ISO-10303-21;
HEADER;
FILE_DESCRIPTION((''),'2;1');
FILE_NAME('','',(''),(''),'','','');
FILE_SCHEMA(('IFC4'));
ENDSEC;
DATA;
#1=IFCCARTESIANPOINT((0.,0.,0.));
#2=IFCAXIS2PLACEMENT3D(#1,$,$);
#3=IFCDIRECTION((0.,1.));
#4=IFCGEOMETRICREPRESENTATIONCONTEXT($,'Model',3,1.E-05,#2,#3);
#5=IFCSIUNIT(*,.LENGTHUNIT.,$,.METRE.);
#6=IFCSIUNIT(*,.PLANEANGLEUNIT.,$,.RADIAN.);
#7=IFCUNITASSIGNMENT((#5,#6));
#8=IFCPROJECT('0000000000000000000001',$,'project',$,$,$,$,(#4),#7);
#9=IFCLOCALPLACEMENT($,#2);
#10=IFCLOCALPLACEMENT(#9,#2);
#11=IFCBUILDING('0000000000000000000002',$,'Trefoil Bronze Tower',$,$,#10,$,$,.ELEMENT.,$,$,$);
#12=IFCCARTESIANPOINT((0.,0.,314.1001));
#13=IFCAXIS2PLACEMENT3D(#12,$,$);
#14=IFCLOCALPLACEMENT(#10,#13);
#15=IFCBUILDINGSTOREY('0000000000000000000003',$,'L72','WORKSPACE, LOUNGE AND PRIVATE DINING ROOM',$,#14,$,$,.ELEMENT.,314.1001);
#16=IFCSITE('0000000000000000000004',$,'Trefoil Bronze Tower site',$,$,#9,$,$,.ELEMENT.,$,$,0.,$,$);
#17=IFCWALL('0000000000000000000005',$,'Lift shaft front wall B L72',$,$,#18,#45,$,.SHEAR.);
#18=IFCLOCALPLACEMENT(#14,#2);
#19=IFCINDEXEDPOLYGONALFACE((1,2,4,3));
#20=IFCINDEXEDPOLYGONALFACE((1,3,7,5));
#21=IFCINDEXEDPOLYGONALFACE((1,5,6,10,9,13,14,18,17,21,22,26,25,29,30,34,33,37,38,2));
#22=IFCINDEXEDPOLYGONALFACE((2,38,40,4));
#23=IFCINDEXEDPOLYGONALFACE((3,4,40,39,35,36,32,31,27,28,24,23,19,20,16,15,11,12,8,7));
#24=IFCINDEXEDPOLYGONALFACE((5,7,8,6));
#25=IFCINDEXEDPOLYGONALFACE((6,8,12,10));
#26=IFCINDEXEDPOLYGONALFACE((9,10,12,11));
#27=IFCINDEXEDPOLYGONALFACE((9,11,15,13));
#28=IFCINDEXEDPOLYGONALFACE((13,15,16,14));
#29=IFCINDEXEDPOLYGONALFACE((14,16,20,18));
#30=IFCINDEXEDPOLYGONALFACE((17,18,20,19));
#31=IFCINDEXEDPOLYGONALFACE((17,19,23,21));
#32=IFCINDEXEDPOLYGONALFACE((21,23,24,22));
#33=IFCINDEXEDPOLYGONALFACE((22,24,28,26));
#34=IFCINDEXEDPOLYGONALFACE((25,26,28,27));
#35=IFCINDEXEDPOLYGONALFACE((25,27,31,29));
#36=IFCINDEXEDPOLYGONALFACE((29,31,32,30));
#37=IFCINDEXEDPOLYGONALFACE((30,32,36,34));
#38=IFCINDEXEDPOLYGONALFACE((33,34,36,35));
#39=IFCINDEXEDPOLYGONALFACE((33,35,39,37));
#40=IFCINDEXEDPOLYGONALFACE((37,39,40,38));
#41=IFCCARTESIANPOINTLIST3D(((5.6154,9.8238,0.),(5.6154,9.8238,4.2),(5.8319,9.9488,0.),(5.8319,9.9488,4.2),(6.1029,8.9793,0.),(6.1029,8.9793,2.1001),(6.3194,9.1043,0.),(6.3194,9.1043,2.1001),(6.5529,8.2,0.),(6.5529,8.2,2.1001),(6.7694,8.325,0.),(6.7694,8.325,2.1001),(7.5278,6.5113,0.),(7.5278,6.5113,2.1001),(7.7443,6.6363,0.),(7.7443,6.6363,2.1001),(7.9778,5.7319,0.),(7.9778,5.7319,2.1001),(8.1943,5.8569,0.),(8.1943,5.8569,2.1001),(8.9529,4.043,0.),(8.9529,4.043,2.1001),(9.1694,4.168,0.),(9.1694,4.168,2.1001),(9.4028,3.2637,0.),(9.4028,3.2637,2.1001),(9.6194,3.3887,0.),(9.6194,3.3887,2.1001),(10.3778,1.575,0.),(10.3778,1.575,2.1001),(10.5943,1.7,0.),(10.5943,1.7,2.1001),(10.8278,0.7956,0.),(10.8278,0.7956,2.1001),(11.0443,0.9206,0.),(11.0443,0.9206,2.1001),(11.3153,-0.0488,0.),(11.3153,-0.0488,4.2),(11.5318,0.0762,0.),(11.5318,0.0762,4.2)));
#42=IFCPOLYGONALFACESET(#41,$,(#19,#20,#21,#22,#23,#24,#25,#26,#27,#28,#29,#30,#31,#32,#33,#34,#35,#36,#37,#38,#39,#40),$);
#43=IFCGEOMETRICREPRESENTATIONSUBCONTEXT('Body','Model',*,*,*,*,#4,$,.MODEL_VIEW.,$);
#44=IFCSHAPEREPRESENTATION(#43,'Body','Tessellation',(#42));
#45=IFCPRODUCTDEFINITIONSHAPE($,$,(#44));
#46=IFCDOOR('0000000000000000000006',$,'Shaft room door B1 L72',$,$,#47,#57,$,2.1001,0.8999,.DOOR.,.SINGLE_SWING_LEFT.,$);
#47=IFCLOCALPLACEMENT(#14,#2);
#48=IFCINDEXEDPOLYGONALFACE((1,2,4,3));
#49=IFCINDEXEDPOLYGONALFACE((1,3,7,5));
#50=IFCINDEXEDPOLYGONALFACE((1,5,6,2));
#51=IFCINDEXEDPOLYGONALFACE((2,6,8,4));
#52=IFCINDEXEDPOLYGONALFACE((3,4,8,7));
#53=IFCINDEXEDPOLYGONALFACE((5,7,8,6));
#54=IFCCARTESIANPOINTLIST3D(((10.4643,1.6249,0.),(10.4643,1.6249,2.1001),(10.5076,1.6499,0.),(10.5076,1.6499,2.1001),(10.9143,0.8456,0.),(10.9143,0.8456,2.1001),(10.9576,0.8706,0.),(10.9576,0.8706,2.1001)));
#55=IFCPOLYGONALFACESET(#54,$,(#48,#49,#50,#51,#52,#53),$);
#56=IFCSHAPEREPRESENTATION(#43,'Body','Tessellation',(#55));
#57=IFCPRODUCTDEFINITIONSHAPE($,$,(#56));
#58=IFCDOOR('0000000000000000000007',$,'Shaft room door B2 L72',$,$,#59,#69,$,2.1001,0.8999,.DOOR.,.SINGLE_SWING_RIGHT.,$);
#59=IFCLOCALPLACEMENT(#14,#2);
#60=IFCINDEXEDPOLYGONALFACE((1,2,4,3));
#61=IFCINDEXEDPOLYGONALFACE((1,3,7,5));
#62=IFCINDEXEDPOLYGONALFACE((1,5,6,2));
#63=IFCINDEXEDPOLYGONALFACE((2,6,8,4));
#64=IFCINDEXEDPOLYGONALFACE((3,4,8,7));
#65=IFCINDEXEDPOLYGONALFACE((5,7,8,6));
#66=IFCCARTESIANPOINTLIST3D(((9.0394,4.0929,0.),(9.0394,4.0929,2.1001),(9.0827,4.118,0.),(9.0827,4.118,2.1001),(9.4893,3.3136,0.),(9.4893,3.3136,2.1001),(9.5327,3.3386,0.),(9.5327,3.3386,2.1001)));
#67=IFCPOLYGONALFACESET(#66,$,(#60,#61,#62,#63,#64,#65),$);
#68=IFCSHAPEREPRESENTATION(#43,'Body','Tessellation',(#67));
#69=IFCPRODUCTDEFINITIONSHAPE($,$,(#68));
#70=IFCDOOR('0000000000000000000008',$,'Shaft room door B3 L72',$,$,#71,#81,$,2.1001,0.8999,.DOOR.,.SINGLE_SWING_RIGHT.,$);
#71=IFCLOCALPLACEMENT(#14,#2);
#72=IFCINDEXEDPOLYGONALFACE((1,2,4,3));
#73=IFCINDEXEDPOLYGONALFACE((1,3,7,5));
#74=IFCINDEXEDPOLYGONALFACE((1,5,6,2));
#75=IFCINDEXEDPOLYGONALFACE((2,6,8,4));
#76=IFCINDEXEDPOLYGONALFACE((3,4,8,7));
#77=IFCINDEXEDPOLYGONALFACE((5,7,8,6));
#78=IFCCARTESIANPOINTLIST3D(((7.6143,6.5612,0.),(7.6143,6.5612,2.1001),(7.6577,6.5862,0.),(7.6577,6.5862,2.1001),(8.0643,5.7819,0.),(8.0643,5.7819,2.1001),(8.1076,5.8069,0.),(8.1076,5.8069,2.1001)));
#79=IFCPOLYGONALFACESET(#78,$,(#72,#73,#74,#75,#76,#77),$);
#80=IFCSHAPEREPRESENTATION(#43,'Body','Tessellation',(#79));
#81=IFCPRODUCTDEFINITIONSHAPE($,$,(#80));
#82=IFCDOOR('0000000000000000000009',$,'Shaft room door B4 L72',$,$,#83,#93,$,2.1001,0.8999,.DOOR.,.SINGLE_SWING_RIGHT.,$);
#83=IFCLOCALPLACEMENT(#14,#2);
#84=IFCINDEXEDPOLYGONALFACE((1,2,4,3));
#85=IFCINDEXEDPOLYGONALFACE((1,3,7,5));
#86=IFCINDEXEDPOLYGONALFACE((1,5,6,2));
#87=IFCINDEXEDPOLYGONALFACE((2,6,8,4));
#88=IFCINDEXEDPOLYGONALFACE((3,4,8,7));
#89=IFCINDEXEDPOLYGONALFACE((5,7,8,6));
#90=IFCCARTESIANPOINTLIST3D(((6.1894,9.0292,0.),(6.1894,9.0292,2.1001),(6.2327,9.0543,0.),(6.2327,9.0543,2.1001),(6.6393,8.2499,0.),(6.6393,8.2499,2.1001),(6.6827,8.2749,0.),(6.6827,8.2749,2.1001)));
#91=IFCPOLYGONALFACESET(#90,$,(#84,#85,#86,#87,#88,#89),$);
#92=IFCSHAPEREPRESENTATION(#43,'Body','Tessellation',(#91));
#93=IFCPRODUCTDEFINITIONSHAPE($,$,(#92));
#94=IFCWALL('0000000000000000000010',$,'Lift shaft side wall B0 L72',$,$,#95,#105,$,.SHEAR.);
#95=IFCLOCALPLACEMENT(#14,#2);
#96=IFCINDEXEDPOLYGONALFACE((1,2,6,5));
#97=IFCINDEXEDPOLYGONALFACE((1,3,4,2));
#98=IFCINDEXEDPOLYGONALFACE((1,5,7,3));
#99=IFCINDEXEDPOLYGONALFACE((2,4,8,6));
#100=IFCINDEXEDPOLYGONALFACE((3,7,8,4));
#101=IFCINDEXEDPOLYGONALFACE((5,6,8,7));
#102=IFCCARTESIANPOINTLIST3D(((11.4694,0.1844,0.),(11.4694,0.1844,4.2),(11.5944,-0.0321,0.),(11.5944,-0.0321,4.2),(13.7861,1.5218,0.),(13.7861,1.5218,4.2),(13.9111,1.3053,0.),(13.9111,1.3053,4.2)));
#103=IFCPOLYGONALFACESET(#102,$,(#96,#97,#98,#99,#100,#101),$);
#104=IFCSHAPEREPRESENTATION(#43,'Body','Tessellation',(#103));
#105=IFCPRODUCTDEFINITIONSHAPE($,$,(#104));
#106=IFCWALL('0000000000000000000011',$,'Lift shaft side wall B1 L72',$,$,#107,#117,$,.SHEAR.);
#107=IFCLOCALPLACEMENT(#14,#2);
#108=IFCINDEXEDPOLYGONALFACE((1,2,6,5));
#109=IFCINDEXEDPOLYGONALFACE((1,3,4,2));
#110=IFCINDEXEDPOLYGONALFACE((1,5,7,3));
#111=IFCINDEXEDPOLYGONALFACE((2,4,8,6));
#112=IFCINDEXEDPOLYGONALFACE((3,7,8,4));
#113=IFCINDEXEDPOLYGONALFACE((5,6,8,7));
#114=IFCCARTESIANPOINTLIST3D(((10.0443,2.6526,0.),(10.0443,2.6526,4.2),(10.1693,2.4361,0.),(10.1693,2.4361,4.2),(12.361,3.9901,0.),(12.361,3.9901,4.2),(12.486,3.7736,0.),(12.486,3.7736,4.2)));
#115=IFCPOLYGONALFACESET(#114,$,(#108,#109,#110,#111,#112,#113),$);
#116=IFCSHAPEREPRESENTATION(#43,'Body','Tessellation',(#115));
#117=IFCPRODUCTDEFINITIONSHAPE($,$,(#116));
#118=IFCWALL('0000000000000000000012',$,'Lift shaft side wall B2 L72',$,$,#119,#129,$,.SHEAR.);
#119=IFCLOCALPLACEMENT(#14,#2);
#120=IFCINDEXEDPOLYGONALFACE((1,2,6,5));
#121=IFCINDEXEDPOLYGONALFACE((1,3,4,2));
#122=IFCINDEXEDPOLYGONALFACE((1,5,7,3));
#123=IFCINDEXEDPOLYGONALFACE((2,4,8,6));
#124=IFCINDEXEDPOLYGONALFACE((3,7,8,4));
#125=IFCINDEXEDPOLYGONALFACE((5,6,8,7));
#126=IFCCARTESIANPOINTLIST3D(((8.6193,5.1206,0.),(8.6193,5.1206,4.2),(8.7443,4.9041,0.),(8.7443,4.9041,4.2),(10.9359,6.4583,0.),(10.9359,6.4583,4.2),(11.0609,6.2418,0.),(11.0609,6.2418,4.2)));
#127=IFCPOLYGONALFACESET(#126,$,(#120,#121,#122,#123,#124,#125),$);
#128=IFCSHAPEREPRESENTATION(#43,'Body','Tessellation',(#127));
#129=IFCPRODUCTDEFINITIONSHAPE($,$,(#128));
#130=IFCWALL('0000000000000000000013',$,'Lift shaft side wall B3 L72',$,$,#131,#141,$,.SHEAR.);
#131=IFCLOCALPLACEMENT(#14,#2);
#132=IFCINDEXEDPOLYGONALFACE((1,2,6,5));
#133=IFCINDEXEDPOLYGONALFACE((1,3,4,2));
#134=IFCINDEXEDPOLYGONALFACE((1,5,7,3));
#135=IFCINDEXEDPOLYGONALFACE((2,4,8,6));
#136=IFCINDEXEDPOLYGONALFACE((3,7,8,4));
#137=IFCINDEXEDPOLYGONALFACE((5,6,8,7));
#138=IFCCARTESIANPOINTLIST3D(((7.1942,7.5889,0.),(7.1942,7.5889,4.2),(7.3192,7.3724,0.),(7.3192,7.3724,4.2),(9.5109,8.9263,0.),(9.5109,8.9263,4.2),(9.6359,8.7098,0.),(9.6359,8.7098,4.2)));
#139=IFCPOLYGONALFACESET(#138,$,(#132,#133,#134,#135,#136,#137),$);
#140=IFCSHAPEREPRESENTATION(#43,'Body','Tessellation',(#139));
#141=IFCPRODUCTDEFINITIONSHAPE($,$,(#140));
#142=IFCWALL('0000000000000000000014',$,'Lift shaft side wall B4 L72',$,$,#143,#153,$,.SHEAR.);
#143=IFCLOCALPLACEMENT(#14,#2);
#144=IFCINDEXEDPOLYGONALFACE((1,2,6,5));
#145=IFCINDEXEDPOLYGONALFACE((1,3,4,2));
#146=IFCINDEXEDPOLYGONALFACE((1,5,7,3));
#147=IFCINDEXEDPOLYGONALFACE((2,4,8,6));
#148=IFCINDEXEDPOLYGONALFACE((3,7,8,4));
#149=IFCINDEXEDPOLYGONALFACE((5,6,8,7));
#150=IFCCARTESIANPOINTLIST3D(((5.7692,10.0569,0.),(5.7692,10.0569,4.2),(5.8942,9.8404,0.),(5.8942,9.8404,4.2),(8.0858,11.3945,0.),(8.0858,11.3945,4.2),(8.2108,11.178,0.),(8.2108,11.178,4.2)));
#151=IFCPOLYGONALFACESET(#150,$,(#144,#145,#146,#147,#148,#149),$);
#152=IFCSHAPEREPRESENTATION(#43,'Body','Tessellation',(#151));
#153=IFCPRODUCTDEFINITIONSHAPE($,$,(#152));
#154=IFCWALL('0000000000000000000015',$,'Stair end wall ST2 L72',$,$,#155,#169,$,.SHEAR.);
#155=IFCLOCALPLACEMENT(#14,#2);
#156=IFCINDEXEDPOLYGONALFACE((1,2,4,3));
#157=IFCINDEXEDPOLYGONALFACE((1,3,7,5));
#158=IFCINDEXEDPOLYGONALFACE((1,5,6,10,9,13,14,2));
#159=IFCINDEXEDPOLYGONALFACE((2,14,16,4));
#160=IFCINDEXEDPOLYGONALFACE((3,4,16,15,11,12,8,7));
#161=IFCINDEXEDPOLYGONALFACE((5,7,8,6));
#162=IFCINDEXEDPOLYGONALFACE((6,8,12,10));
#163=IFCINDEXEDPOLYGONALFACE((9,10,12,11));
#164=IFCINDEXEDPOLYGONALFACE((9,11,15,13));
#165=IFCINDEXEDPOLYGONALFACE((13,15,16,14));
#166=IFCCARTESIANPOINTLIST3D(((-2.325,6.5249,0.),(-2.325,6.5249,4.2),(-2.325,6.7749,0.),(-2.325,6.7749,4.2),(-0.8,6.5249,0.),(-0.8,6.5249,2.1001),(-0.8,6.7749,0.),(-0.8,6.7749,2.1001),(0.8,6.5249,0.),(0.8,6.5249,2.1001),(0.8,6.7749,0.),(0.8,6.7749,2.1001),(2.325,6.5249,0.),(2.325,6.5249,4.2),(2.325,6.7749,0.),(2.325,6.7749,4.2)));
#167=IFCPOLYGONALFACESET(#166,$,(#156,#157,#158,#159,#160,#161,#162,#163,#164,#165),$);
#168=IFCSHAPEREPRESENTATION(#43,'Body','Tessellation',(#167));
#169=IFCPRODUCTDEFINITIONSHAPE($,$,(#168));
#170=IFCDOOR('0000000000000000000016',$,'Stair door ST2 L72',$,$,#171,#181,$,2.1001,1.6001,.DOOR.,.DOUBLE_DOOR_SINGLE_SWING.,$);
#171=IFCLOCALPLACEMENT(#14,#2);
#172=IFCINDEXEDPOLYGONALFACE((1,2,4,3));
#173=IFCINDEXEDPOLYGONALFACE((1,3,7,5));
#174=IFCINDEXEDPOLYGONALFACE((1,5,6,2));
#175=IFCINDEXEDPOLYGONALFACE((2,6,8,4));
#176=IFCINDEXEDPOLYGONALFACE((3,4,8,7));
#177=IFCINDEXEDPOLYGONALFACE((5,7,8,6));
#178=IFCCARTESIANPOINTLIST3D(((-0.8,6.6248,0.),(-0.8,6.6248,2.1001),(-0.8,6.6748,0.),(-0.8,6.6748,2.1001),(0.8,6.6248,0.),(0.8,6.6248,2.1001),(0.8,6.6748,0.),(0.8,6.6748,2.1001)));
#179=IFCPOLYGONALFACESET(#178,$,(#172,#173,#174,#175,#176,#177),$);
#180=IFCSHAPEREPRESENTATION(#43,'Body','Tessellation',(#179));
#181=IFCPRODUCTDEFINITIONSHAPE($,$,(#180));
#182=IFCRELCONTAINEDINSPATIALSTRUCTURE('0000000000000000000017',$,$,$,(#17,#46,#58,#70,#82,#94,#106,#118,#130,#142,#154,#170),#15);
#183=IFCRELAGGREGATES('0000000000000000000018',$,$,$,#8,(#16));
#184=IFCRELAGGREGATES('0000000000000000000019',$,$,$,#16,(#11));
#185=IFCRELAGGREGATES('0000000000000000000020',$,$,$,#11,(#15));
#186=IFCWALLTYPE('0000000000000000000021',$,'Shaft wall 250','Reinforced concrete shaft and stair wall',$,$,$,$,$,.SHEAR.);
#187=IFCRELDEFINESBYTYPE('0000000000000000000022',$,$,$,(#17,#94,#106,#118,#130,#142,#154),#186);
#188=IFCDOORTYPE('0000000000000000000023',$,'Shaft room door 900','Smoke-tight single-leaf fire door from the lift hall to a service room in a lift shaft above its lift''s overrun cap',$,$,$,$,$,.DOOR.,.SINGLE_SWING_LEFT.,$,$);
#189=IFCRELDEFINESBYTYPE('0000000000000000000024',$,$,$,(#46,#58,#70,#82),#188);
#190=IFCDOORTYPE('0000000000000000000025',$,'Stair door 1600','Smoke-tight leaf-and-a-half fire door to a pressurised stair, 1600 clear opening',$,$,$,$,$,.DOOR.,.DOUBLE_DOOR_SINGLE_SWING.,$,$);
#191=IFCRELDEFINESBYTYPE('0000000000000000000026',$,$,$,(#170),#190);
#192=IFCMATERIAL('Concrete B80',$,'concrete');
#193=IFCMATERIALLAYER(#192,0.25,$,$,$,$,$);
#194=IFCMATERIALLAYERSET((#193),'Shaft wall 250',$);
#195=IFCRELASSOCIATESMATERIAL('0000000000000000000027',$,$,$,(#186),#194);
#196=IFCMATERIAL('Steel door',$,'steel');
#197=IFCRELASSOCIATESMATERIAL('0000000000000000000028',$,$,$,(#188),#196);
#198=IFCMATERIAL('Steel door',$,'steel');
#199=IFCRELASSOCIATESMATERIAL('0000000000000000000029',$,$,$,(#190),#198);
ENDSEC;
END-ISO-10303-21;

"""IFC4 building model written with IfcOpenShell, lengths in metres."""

from ifc_helpers import new_model, si_unit, direction, frame, frame_2d, origin, place, context, subcontext, project, spatial, rectangle, extrude, material, layer, layer_set, type_object, element, fill, save


model = new_model("IFC4")

# Units and contexts
model_context = context("Model", 3, precision=1e-05, world=origin(), true_north=direction((0.0, 1.0)))
body_context = subcontext(model_context, "Body", "Model", "MODEL_VIEW")
ifc_project = project(units=[si_unit("LENGTHUNIT", "METRE"), si_unit("PLANEANGLEUNIT", "RADIAN")], contexts=[model_context])

# Site, building, storey
site_placement = place(None, origin())
site = spatial("IfcSite", under=ifc_project, at=site_placement, Name="Trefoil Bronze Tower site", CompositionType="ELEMENT", RefElevation=0.0)
building_placement = place(site_placement, origin())
building = spatial("IfcBuilding", under=site, at=building_placement, Name="Trefoil Bronze Tower", CompositionType="ELEMENT")
storey_placement = place(building_placement, frame((0.0, 0.0, 314.1001)))
storey = spatial("IfcBuildingStorey", under=building, at=storey_placement, Name="L72", Description="WORKSPACE, LOUNGE AND PRIVATE DINING ROOM", CompositionType="ELEMENT", Elevation=314.1001)

# Wall, openings, doors
ifc_material_1 = material(Name="Concrete B80", Category="concrete")
ifc_layer_1 = layer(ifc_material_1, 0.25)
ifc_layer_set_1 = layer_set([ifc_layer_1], Name="Shaft wall 250")
wall_type_1 = type_object("IfcWallType", Name="Shaft wall 250", Description="Reinforced concrete shaft and stair wall", PredefinedType="SHEAR", material=ifc_layer_set_1)
wall_1_placement = place(storey_placement, frame((11.4236, 0.0137, 0.0), z_axis=(0.0, 0.0, 1.0), x_axis=(-0.500002, 0.866024, 0.0)))
wall_1 = element("IfcWall", 1, at=wall_1_placement, inside=storey, type_object=wall_type_1, Name="Lift shaft front wall B L72", PredefinedType="SHEAR", context=body_context, shape_type="SweptSolid", body=[
    extrude(rectangle(XDim=11.3999, YDim=0.25, at=frame_2d((5.7, 0.0))), origin(), (0.0, 0.0, 1.0), 4.2),
])
opening_1_placement = place(wall_1_placement, frame((0.9751, 0.0, 0.0)))
opening_1 = element("IfcOpeningElement", 2, at=opening_1_placement, cuts=wall_1, PredefinedType="OPENING", context=body_context, shape_type="SweptSolid", body=[
    extrude(rectangle(XDim=0.8999, YDim=2.1001, at=frame_2d((0.45, 1.05))), frame((0.0, 0.135, 0.0), z_axis=(0.0, -1.0, 0.0), x_axis=(1.0, 0.0, 0.0)), (0.0, 0.0, 1.0), 0.27),
])
opening_2_placement = place(wall_1_placement, frame((3.825, 0.0, 0.0)))
opening_2 = element("IfcOpeningElement", 3, at=opening_2_placement, cuts=wall_1, PredefinedType="OPENING", context=body_context, shape_type="SweptSolid", body=[
    extrude(rectangle(XDim=0.8999, YDim=2.1001, at=frame_2d((0.45, 1.05))), frame((0.0, 0.135, 0.0), z_axis=(0.0, -1.0, 0.0), x_axis=(1.0, 0.0, 0.0)), (0.0, 0.0, 1.0), 0.27),
])
opening_3_placement = place(wall_1_placement, frame((6.675, 0.0, 0.0)))
opening_3 = element("IfcOpeningElement", 4, at=opening_3_placement, cuts=wall_1, PredefinedType="OPENING", context=body_context, shape_type="SweptSolid", body=[
    extrude(rectangle(XDim=0.8999, YDim=2.1001, at=frame_2d((0.45, 1.05))), frame((0.0, 0.135, 0.0), z_axis=(0.0, -1.0, 0.0), x_axis=(1.0, 0.0, 0.0)), (0.0, 0.0, 1.0), 0.27),
])
opening_4_placement = place(wall_1_placement, frame((9.5249, 0.0, 0.0)))
opening_4 = element("IfcOpeningElement", 5, at=opening_4_placement, cuts=wall_1, PredefinedType="OPENING", context=body_context, shape_type="SweptSolid", body=[
    extrude(rectangle(XDim=0.8999, YDim=2.1001, at=frame_2d((0.45, 1.05))), frame((0.0, 0.135, 0.0), z_axis=(0.0, -1.0, 0.0), x_axis=(1.0, 0.0, 0.0)), (0.0, 0.0, 1.0), 0.27),
])
ifc_material_2 = material(Name="Steel door", Category="steel")
door_type_1 = type_object("IfcDoorType", Name="Shaft room door 900", Description="Smoke-tight single-leaf fire door from the lift hall to a service room in a lift shaft above its lift's overrun cap", OperationType="SINGLE_SWING_LEFT", PredefinedType="DOOR", material=ifc_material_2)
door_1_placement = place(opening_1_placement, frame((0.8999, 0.0, 0.0), z_axis=(0.0, 0.0, 1.0), x_axis=(-1.0, 0.0, 0.0)))
door_1 = element("IfcDoor", 6, at=door_1_placement, inside=storey, type_object=door_type_1, Name="Shaft room door B1 L72", OperationType="SINGLE_SWING_LEFT", OverallHeight=2.1001, OverallWidth=0.8999, PredefinedType="DOOR", context=body_context, shape_type="SweptSolid", body=[
    extrude(rectangle(XDim=0.8999, YDim=2.1001, at=frame_2d((0.45, 1.05))), frame((0.0, 0.0249, 0.0), z_axis=(0.0, -1.0, 0.0), x_axis=(1.0, 0.0, 0.0)), (0.0, 0.0, 1.0), 0.05),
])
fill(opening_1, door_1)
door_2_placement = place(opening_2_placement, frame((0.8999, 0.0, 0.0), z_axis=(0.0, 0.0, 1.0), x_axis=(-1.0, 0.0, 0.0)))
door_2 = element("IfcDoor", 7, at=door_2_placement, inside=storey, type_object=door_type_1, Name="Shaft room door B2 L72", OperationType="SINGLE_SWING_RIGHT", OverallHeight=2.1001, OverallWidth=0.8999, PredefinedType="DOOR", context=body_context, shape_type="SweptSolid", body=[
    extrude(rectangle(XDim=0.8999, YDim=2.1001, at=frame_2d((0.45, 1.05))), frame((0.0, 0.0249, 0.0), z_axis=(0.0, -1.0, 0.0), x_axis=(1.0, 0.0, 0.0)), (0.0, 0.0, 1.0), 0.05),
])
fill(opening_2, door_2)
door_3_placement = place(opening_3_placement, frame((0.8999, 0.0, 0.0), z_axis=(0.0, 0.0, 1.0), x_axis=(-1.0, 0.0, 0.0)))
door_3 = element("IfcDoor", 8, at=door_3_placement, inside=storey, type_object=door_type_1, Name="Shaft room door B3 L72", OperationType="SINGLE_SWING_RIGHT", OverallHeight=2.1001, OverallWidth=0.8999, PredefinedType="DOOR", context=body_context, shape_type="SweptSolid", body=[
    extrude(rectangle(XDim=0.8999, YDim=2.1001, at=frame_2d((0.45, 1.05))), frame((0.0, 0.0249, 0.0), z_axis=(0.0, -1.0, 0.0), x_axis=(1.0, 0.0, 0.0)), (0.0, 0.0, 1.0), 0.05),
])
fill(opening_3, door_3)
door_4_placement = place(opening_4_placement, frame((0.8999, 0.0, 0.0), z_axis=(0.0, 0.0, 1.0), x_axis=(-1.0, 0.0, 0.0)))
door_4 = element("IfcDoor", 9, at=door_4_placement, inside=storey, type_object=door_type_1, Name="Shaft room door B4 L72", OperationType="SINGLE_SWING_RIGHT", OverallHeight=2.1001, OverallWidth=0.8999, PredefinedType="DOOR", context=body_context, shape_type="SweptSolid", body=[
    extrude(rectangle(XDim=0.8999, YDim=2.1001, at=frame_2d((0.45, 1.05))), frame((0.0, 0.0249, 0.0), z_axis=(0.0, -1.0, 0.0), x_axis=(1.0, 0.0, 0.0)), (0.0, 0.0, 1.0), 0.05),
])
fill(opening_4, door_4)

# Walls
for number, where, z_axis, x_axis, name in (
    (10, (11.532, 0.0762, 0.0), (0.0, 0.0, 1.0), (0.866044, 0.499967, 0.0), "Lift shaft side wall B0 L72"),
    (11, (10.1069, 2.5444, 0.0), (0.0, 0.0, 1.0), (0.866044, 0.499967, 0.0), "Lift shaft side wall B1 L72"),
    (12, (8.6819, 5.0125, 0.0), (0.0, 0.0, 1.0), (0.866005, 0.500036, 0.0), "Lift shaft side wall B2 L72"),
    (13, (7.2568, 7.4807, 0.0), (0.0, 0.0, 1.0), (0.866044, 0.499967, 0.0), "Lift shaft side wall B3 L72"),
    (14, (5.8318, 9.9487, 0.0), (0.0, 0.0, 1.0), (0.866005, 0.500036, 0.0), "Lift shaft side wall B4 L72"),
):
    element("IfcWall", number, at=place(storey_placement, frame(where, z_axis=z_axis, x_axis=x_axis)), inside=storey, type_object=wall_type_1, Name=name, PredefinedType="SHEAR", context=body_context, shape_type="SweptSolid", body=[
        extrude(rectangle(XDim=2.675, YDim=0.25, at=frame_2d((1.3374, 0.0))), origin(), (0.0, 0.0, 1.0), 4.2),
    ])

# Wall, opening, door
wall_2_placement = place(storey_placement, frame((2.325, 6.6499, 0.0), z_axis=(0.0, 0.0, 1.0), x_axis=(-1.0, 0.0, 0.0)))
wall_2 = element("IfcWall", 15, at=wall_2_placement, inside=storey, type_object=wall_type_1, Name="Stair end wall ST2 L72", PredefinedType="SHEAR", context=body_context, shape_type="SweptSolid", body=[
    extrude(rectangle(XDim=4.6499, YDim=0.25, at=frame_2d((2.325, 0.0))), origin(), (0.0, 0.0, 1.0), 4.2),
])
opening_5_placement = place(wall_2_placement, frame((1.5249, 0.0, 0.0)))
opening_5 = element("IfcOpeningElement", 16, at=opening_5_placement, cuts=wall_2, PredefinedType="OPENING", context=body_context, shape_type="SweptSolid", body=[
    extrude(rectangle(XDim=1.6001, YDim=2.1001, at=frame_2d((0.8, 1.05))), frame((0.0, 0.135, 0.0), z_axis=(0.0, -1.0, 0.0), x_axis=(1.0, 0.0, 0.0)), (0.0, 0.0, 1.0), 0.27),
])
ifc_material_3 = material(Name="Steel door", Category="steel")
door_type_2 = type_object("IfcDoorType", Name="Stair door 1600", Description="Smoke-tight leaf-and-a-half fire door to a pressurised stair, 1600 clear opening", OperationType="DOUBLE_DOOR_SINGLE_SWING", PredefinedType="DOOR", material=ifc_material_3)
door_5_placement = place(opening_5_placement, frame((1.6001, 0.0, 0.0), z_axis=(0.0, 0.0, 1.0), x_axis=(-1.0, 0.0, 0.0)))
door_5 = element("IfcDoor", 17, at=door_5_placement, inside=storey, type_object=door_type_2, Name="Stair door ST2 L72", OperationType="DOUBLE_DOOR_SINGLE_SWING", OverallHeight=2.1001, OverallWidth=1.6001, PredefinedType="DOOR", context=body_context, shape_type="SweptSolid", body=[
    extrude(rectangle(XDim=1.6001, YDim=2.1001, at=frame_2d((0.8, 1.05))), frame((0.0, 0.0249, 0.0), z_axis=(0.0, -1.0, 0.0), x_axis=(1.0, 0.0, 0.0)), (0.0, 0.0, 1.0), 0.05),
])
fill(opening_5, door_5)

save(model, "model.ifc")
